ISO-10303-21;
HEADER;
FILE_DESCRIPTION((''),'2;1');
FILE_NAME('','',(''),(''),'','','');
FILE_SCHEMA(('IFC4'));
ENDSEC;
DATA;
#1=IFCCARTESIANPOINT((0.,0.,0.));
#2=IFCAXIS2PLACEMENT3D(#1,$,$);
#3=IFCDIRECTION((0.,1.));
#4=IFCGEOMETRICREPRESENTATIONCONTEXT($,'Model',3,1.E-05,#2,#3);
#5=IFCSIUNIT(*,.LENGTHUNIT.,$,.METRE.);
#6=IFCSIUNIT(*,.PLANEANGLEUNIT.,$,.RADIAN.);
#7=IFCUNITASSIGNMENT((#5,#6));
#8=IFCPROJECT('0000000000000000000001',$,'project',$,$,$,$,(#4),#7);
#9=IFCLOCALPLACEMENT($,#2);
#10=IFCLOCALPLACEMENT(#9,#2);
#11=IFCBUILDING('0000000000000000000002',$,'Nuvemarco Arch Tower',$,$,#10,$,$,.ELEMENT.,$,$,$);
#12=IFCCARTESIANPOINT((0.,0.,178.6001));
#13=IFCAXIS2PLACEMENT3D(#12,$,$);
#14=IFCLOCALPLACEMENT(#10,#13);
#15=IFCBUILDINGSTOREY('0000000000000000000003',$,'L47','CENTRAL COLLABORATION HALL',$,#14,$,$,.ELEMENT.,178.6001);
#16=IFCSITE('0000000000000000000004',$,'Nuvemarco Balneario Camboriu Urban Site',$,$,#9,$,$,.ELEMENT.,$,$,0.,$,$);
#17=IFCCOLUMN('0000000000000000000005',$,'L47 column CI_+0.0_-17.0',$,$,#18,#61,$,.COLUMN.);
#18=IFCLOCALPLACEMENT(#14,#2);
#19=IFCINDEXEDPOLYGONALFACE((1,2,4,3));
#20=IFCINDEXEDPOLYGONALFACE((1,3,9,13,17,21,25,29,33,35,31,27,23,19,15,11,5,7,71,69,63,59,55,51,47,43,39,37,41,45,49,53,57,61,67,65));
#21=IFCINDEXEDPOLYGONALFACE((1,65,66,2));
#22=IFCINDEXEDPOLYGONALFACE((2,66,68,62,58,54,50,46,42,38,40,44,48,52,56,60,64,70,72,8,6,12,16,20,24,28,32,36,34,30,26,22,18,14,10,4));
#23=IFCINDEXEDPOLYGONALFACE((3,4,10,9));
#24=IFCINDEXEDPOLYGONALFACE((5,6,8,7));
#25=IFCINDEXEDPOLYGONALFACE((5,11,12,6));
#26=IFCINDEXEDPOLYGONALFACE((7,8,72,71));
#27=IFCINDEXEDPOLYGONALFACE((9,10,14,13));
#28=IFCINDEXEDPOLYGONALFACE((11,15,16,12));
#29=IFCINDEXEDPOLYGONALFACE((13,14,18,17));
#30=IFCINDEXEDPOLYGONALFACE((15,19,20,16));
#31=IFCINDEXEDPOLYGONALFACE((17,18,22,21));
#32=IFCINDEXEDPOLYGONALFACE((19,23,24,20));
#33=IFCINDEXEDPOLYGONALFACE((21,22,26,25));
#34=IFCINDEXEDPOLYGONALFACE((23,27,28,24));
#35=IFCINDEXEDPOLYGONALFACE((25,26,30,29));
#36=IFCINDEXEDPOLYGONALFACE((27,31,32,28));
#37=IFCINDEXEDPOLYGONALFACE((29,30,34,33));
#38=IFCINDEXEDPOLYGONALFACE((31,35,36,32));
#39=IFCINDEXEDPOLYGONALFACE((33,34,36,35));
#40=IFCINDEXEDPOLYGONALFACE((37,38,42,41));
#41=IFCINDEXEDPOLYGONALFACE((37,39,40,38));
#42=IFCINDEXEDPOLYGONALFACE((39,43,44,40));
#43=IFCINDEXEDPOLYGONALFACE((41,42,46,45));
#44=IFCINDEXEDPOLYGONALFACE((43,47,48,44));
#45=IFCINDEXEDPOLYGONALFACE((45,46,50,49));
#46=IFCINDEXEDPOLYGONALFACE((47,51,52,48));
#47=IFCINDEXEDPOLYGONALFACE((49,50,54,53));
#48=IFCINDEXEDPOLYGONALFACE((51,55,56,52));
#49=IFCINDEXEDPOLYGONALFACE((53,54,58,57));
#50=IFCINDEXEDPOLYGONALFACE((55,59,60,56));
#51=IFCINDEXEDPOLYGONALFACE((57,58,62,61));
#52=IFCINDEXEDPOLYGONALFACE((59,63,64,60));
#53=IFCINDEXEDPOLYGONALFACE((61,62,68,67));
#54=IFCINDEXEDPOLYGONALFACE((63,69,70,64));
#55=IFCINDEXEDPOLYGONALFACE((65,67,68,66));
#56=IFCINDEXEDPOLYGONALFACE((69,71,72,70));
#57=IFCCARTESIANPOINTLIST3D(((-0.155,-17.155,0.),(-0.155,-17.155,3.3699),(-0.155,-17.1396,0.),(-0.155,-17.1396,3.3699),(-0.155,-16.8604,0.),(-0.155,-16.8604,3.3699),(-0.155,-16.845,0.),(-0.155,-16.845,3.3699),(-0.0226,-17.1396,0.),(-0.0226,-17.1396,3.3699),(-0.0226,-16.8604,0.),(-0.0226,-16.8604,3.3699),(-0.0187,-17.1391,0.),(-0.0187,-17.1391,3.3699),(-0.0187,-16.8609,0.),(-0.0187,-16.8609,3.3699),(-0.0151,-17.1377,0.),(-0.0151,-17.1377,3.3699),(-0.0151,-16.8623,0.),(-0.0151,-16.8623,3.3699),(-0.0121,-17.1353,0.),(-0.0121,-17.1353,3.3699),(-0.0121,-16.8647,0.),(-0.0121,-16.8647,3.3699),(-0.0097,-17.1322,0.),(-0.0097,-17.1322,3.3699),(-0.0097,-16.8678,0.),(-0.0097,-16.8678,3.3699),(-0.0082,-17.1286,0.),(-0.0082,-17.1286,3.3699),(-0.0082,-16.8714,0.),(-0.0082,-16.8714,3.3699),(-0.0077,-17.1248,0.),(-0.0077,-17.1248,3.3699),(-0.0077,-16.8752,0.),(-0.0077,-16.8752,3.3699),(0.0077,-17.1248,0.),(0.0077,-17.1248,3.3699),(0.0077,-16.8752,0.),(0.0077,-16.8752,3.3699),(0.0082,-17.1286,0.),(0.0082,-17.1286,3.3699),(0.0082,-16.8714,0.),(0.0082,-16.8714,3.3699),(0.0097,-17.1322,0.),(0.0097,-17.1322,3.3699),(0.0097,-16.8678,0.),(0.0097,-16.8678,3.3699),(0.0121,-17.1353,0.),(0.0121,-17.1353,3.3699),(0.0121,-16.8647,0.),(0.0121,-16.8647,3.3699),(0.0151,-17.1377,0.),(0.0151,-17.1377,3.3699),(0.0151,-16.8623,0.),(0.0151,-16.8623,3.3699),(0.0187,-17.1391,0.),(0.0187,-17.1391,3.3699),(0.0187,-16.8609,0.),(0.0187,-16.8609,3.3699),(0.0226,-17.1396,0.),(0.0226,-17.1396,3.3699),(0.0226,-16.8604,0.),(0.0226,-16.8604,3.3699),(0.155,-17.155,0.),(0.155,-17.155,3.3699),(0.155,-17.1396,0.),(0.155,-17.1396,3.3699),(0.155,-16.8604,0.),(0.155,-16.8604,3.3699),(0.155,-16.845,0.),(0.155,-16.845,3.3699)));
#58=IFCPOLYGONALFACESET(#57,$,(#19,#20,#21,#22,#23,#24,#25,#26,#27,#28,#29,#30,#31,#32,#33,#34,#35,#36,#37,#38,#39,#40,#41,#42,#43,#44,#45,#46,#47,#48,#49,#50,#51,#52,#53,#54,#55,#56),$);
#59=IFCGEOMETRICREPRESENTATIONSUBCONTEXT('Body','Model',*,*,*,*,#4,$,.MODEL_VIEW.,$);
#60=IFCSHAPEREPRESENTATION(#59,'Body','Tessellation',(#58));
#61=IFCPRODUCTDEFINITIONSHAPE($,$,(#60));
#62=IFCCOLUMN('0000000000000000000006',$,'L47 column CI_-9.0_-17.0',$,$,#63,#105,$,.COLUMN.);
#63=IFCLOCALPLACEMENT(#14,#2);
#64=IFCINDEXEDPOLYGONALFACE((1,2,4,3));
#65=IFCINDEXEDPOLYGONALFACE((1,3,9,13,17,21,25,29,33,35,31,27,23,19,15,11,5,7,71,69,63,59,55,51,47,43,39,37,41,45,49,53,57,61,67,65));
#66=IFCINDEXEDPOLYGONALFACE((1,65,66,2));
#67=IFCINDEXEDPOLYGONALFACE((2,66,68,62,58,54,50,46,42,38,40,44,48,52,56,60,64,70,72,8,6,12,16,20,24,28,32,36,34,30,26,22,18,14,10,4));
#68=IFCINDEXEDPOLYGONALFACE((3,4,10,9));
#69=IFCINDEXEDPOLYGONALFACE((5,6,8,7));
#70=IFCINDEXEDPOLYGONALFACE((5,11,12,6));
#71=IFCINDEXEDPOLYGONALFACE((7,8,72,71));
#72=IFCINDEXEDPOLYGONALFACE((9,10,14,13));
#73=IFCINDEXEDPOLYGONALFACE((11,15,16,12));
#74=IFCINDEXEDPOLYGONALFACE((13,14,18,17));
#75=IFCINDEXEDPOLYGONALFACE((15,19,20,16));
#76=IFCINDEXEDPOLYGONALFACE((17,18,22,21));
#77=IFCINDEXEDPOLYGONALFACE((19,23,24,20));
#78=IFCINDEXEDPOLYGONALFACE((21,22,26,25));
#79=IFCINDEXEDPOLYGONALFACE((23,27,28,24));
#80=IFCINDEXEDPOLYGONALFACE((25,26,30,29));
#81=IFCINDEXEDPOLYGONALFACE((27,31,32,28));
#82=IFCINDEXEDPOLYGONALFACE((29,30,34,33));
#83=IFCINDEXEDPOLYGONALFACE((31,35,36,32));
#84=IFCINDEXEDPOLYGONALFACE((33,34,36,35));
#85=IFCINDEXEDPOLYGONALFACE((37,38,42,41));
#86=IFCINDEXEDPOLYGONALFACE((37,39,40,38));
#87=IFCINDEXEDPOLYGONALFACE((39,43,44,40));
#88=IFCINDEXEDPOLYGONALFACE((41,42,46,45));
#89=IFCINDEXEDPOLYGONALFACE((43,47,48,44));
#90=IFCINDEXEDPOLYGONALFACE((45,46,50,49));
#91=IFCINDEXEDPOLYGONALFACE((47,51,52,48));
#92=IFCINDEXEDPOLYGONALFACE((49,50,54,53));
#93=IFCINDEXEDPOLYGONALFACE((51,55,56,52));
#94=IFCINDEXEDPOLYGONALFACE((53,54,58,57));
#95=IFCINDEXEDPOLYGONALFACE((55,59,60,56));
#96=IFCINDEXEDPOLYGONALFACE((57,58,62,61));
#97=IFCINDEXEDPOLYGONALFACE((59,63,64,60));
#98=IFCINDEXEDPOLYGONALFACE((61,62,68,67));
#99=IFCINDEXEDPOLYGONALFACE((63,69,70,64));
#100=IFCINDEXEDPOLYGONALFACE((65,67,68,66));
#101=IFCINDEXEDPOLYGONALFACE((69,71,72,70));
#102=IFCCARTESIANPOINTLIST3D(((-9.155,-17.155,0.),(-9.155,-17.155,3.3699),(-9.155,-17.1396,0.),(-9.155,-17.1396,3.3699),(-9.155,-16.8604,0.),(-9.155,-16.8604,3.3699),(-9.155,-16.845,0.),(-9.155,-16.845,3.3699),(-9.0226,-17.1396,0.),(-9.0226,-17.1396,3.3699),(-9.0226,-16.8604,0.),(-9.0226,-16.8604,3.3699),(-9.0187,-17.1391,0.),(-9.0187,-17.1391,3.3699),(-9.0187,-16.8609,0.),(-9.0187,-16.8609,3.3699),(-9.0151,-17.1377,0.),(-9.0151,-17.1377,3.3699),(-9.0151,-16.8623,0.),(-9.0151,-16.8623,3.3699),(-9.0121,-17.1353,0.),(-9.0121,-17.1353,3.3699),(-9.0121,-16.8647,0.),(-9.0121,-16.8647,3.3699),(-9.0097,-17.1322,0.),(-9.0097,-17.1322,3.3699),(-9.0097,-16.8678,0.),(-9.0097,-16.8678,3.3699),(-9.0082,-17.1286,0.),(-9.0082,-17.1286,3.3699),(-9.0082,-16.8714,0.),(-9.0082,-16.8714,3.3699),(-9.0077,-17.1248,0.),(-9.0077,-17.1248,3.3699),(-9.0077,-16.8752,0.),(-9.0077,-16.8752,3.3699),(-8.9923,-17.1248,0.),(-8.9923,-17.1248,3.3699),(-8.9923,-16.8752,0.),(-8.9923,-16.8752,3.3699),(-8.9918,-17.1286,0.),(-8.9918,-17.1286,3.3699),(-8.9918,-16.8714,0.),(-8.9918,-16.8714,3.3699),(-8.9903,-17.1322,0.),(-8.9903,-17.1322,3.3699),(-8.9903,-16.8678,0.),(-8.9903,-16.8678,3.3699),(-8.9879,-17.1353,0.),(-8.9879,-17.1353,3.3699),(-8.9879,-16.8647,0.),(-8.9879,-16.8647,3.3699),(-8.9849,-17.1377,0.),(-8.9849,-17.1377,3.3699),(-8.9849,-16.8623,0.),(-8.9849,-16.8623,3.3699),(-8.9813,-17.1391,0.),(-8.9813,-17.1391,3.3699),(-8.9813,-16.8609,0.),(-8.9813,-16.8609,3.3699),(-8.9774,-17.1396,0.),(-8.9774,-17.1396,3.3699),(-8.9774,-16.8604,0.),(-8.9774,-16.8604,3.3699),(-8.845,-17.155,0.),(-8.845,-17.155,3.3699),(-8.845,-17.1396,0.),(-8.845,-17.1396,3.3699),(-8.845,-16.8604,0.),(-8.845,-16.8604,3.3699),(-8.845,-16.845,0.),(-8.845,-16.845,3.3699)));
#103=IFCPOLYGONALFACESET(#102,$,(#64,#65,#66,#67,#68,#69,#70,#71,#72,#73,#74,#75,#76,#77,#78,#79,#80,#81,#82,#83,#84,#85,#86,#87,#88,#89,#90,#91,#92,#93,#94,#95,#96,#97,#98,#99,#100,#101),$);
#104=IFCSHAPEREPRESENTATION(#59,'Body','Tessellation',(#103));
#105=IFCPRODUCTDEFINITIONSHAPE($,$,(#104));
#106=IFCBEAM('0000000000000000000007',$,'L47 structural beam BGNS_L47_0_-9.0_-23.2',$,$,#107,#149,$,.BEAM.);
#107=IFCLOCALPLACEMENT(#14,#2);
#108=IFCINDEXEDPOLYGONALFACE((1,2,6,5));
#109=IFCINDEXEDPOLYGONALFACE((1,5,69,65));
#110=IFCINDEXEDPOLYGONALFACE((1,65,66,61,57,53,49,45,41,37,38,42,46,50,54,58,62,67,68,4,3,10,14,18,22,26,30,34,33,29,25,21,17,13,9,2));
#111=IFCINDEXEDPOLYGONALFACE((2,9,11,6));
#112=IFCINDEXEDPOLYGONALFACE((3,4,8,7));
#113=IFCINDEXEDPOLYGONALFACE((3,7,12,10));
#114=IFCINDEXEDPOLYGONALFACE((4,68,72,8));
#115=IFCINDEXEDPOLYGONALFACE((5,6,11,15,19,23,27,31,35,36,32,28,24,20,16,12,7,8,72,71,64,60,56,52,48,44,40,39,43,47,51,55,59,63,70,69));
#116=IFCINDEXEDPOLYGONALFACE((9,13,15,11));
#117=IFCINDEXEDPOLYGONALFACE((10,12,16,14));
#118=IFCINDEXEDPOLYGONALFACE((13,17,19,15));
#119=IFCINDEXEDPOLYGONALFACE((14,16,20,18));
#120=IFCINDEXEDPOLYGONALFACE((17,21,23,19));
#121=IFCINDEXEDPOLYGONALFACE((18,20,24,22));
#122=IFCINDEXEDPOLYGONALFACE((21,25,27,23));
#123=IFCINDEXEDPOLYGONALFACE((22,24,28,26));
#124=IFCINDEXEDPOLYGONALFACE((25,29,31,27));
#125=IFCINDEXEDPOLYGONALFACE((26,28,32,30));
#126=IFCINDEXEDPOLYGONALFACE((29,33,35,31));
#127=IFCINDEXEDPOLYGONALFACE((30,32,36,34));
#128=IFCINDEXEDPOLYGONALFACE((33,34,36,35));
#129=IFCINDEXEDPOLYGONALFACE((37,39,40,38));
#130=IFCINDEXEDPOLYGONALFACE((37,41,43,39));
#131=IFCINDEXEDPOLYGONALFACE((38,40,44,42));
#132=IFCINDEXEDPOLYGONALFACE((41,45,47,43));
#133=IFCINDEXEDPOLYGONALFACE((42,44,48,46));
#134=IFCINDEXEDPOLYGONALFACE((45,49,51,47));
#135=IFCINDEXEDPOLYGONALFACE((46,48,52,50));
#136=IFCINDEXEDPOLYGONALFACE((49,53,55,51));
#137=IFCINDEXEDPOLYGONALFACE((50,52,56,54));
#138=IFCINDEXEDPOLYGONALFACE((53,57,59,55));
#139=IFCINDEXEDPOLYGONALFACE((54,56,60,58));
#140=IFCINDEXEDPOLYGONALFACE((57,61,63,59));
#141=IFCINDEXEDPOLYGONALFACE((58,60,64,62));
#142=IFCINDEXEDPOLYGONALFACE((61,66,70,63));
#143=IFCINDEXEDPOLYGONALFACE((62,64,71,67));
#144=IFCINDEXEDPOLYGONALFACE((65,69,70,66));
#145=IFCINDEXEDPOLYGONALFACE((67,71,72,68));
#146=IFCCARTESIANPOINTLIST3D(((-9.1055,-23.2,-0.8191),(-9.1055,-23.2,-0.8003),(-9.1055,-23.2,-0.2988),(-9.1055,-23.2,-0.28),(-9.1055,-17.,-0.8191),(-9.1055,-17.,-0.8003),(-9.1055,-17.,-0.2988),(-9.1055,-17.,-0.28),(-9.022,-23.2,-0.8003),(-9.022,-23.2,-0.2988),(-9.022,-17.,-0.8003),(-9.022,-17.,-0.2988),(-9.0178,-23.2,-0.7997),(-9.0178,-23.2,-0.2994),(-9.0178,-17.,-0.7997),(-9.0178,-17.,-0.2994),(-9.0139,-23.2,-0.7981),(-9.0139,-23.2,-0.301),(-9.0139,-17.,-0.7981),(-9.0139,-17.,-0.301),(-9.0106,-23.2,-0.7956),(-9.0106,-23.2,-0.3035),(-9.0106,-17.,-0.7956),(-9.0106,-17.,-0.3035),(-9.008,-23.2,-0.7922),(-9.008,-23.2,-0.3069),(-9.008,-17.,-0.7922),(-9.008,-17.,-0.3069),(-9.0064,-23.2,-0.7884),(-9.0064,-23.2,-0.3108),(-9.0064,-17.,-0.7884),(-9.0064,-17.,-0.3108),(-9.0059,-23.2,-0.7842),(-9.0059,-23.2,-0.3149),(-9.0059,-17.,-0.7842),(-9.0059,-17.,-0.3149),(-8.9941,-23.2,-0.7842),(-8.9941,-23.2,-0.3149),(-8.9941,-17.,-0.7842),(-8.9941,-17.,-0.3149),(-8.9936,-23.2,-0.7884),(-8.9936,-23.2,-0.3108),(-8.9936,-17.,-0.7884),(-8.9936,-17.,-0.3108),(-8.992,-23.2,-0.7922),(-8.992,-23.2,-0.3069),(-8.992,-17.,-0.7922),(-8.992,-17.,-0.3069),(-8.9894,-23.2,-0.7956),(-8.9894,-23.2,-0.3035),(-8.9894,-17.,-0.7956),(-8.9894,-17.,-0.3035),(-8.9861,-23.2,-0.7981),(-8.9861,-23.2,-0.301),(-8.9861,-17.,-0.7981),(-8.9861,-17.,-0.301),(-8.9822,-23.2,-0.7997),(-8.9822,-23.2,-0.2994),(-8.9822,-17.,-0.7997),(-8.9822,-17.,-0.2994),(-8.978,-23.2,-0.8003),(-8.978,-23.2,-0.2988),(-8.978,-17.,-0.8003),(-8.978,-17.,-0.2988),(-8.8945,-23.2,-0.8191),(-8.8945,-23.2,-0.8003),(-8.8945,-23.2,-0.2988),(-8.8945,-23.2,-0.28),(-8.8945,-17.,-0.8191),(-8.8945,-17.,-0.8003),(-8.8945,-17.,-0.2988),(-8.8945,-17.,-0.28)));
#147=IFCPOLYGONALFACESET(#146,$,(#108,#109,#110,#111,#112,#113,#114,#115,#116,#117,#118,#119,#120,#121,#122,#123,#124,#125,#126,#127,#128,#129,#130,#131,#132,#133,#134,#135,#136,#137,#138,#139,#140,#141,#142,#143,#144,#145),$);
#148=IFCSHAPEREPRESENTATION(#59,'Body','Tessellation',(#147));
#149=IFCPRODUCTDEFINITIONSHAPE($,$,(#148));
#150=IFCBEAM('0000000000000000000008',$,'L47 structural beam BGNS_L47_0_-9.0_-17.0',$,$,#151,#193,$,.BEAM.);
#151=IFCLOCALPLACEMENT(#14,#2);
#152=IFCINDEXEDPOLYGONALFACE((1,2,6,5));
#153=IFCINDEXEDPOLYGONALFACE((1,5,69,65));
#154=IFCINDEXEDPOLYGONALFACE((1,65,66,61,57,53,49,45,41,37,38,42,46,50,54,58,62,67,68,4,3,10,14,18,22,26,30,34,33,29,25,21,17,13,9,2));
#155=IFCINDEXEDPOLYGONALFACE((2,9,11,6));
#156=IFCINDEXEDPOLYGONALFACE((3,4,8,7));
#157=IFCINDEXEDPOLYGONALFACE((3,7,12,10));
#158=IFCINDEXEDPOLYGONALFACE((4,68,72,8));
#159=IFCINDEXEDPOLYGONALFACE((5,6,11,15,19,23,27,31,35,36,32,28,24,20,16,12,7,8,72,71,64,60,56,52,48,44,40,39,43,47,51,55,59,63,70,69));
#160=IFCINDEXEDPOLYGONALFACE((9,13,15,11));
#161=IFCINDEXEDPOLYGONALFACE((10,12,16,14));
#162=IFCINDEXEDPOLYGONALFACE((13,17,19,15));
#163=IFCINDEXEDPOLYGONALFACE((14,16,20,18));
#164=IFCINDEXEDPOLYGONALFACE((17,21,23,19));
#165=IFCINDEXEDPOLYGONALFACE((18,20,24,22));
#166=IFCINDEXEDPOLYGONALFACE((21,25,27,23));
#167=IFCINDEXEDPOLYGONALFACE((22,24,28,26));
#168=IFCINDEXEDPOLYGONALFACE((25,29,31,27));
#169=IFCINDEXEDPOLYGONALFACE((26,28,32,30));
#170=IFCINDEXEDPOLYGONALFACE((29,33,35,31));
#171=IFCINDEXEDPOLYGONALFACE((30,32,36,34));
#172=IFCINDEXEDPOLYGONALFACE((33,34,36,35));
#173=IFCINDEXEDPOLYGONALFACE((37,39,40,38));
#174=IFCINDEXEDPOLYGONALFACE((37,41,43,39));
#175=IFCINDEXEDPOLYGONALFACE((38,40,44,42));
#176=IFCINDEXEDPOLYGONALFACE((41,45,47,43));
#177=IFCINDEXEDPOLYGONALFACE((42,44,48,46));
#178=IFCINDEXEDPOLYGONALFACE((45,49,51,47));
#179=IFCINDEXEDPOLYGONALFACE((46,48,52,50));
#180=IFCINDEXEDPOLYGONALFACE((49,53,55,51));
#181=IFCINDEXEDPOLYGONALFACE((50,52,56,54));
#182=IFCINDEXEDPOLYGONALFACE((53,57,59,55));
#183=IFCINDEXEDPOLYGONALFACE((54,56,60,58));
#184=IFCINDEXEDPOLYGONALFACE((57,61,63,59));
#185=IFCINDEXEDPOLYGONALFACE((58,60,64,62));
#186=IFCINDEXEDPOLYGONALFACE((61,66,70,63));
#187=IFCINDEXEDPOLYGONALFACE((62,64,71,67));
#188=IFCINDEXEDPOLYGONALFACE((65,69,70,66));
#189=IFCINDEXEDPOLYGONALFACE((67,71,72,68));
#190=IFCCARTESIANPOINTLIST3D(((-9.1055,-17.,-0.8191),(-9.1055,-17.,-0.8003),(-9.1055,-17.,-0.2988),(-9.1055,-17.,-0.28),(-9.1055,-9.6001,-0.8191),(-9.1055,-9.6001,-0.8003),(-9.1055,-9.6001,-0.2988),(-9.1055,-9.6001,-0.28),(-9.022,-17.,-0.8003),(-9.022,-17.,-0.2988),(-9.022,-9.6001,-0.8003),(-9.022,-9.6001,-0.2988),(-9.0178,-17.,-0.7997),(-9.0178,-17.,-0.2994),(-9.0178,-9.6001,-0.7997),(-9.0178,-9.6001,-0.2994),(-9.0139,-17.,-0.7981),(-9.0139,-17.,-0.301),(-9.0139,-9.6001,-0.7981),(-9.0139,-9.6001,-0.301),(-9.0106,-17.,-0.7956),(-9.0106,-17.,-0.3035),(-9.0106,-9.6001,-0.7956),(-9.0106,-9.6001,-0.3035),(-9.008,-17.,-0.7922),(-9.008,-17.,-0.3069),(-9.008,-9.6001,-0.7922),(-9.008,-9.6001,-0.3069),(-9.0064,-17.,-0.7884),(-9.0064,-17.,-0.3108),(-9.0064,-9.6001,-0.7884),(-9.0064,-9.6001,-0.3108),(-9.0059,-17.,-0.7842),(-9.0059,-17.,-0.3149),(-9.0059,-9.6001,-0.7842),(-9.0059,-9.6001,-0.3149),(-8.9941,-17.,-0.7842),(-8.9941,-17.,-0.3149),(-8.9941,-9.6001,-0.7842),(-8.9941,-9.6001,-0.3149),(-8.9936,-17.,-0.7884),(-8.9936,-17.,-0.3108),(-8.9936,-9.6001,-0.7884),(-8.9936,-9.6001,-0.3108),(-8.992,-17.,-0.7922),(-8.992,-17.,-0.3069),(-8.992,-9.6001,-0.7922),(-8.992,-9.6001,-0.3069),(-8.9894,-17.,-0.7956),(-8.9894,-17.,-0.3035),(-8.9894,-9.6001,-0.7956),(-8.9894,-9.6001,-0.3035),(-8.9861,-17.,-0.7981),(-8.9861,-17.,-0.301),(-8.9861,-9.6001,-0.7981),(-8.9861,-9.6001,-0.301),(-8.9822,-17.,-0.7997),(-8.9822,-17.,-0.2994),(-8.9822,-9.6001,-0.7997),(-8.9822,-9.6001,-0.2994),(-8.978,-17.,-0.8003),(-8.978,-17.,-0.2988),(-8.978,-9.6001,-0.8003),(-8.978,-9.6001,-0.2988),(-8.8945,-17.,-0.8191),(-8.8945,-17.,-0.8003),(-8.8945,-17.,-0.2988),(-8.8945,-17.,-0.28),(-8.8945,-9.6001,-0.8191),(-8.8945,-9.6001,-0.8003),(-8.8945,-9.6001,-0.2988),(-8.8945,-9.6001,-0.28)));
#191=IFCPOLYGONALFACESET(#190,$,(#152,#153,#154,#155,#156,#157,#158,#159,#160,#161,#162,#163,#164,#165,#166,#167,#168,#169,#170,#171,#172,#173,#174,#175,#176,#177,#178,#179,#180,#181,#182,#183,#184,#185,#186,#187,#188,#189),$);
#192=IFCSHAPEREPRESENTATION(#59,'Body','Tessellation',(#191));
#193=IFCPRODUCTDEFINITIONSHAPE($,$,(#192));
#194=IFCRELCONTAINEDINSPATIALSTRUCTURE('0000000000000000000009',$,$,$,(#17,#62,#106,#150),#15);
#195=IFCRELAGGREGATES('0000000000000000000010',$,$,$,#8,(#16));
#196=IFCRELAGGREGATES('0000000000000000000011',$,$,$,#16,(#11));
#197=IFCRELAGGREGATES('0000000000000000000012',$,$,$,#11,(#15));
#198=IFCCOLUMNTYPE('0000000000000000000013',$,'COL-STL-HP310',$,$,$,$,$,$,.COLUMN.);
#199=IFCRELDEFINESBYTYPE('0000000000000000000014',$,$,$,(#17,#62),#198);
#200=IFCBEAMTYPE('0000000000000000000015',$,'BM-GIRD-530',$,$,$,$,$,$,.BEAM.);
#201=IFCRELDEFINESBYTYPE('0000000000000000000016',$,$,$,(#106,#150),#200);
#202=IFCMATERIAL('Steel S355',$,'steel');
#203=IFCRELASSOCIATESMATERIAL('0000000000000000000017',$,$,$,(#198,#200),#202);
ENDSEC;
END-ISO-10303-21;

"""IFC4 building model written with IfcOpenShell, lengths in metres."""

from ifc_helpers import new_model, si_unit, direction, frame, origin, origin_2d, place, context, subcontext, project, spatial, i_section, extrude, material, material_profile, profile_set, type_object, element, save


model = new_model("IFC4")

# Units and contexts
model_context = context("Model", 3, precision=1e-05, world=origin(), true_north=direction((0.0, 1.0)))
body_context = subcontext(model_context, "Body", "Model", "MODEL_VIEW")
ifc_project = project(units=[si_unit("LENGTHUNIT", "METRE"), si_unit("PLANEANGLEUNIT", "RADIAN")], contexts=[model_context])

# Site, building, storey
site_placement = place(None, origin())
site = spatial("IfcSite", under=ifc_project, at=site_placement, Name="Nuvemarco Balneario Camboriu Urban Site", CompositionType="ELEMENT", RefElevation=0.0)
building_placement = place(site_placement, origin())
building = spatial("IfcBuilding", under=site, at=building_placement, Name="Nuvemarco Arch Tower", CompositionType="ELEMENT")
storey_placement = place(building_placement, frame((0.0, 0.0, 178.6001)))
storey = spatial("IfcBuildingStorey", under=building, at=storey_placement, Name="L47", Description="CENTRAL COLLABORATION HALL", CompositionType="ELEMENT", Elevation=178.6001)

# Columns
ifc_material_1 = material(Name="Steel S355", Category="steel")
ifc_material_profile_1 = material_profile(ifc_material_1, i_section(OverallWidth=0.3101, OverallDepth=0.3101, WebThickness=0.0154, FlangeThickness=0.0154, FilletRadius=0.0149, at=origin_2d()), Name="HP310x110")
ifc_profile_set_1 = profile_set([ifc_material_profile_1], Name="Steel S355")
column_type_1 = type_object("IfcColumnType", Name="COL-STL-HP310", PredefinedType="COLUMN", material=ifc_profile_set_1)
for number, where, z_axis, x_axis, name in (
    (1, (0.0, -17.0, 0.0), (0.0, 0.0, 1.0), (1.0, 0.0, 0.0), "L47 column CI_+0.0_-17.0"),
    (2, (-9.0, -17.0, 0.0), (0.0, 0.0, 1.0), (1.0, 0.0, 0.0), "L47 column CI_-9.0_-17.0"),
):
    element("IfcColumn", number, at=place(storey_placement, frame(where, z_axis=z_axis, x_axis=x_axis)), inside=storey, type_object=column_type_1, Name=name, PredefinedType="COLUMN", context=body_context, shape_type="SweptSolid", body=[
        extrude(i_section(OverallWidth=0.3101, OverallDepth=0.3101, WebThickness=0.0154, FlangeThickness=0.0154, FilletRadius=0.0149, at=origin_2d()), origin(), (0.0, 0.0, 1.0), 3.3699),
    ])

# Beams
ifc_material_profile_2 = material_profile(ifc_material_1, i_section(OverallWidth=0.2109, OverallDepth=0.5391, WebThickness=0.0117, FlangeThickness=0.0188, FilletRadius=0.0161, at=origin_2d()), Name="W530x109")
ifc_profile_set_2 = profile_set([ifc_material_profile_2], Name="Steel S355")
beam_type_1 = type_object("IfcBeamType", Name="BM-GIRD-530", PredefinedType="BEAM", material=ifc_profile_set_2)
beam_1_placement = place(storey_placement, frame((-9.0, -23.2, -0.5496), z_axis=(0.0, 1.0, 0.0), x_axis=(-1.0, 0.0, 0.0)))
element("IfcBeam", 3, at=beam_1_placement, inside=storey, type_object=beam_type_1, Name="L47 structural beam BGNS_L47_0_-9.0_-23.2", PredefinedType="BEAM", context=body_context, shape_type="SweptSolid", body=[
    extrude(i_section(OverallWidth=0.2109, OverallDepth=0.5391, WebThickness=0.0117, FlangeThickness=0.0188, FilletRadius=0.0161, at=origin_2d()), origin(), (0.0, 0.0, 1.0), 6.2),
])
beam_2_placement = place(storey_placement, frame((-9.0, -17.0, -0.5496), z_axis=(0.0, 1.0, 0.0), x_axis=(-1.0, 0.0, 0.0)))
element("IfcBeam", 4, at=beam_2_placement, inside=storey, type_object=beam_type_1, Name="L47 structural beam BGNS_L47_0_-9.0_-17.0", PredefinedType="BEAM", context=body_context, shape_type="SweptSolid", body=[
    extrude(i_section(OverallWidth=0.2109, OverallDepth=0.5391, WebThickness=0.0117, FlangeThickness=0.0188, FilletRadius=0.0161, at=origin_2d()), origin(), (0.0, 0.0, 1.0), 7.3999),
])

save(model, "model.ifc")
